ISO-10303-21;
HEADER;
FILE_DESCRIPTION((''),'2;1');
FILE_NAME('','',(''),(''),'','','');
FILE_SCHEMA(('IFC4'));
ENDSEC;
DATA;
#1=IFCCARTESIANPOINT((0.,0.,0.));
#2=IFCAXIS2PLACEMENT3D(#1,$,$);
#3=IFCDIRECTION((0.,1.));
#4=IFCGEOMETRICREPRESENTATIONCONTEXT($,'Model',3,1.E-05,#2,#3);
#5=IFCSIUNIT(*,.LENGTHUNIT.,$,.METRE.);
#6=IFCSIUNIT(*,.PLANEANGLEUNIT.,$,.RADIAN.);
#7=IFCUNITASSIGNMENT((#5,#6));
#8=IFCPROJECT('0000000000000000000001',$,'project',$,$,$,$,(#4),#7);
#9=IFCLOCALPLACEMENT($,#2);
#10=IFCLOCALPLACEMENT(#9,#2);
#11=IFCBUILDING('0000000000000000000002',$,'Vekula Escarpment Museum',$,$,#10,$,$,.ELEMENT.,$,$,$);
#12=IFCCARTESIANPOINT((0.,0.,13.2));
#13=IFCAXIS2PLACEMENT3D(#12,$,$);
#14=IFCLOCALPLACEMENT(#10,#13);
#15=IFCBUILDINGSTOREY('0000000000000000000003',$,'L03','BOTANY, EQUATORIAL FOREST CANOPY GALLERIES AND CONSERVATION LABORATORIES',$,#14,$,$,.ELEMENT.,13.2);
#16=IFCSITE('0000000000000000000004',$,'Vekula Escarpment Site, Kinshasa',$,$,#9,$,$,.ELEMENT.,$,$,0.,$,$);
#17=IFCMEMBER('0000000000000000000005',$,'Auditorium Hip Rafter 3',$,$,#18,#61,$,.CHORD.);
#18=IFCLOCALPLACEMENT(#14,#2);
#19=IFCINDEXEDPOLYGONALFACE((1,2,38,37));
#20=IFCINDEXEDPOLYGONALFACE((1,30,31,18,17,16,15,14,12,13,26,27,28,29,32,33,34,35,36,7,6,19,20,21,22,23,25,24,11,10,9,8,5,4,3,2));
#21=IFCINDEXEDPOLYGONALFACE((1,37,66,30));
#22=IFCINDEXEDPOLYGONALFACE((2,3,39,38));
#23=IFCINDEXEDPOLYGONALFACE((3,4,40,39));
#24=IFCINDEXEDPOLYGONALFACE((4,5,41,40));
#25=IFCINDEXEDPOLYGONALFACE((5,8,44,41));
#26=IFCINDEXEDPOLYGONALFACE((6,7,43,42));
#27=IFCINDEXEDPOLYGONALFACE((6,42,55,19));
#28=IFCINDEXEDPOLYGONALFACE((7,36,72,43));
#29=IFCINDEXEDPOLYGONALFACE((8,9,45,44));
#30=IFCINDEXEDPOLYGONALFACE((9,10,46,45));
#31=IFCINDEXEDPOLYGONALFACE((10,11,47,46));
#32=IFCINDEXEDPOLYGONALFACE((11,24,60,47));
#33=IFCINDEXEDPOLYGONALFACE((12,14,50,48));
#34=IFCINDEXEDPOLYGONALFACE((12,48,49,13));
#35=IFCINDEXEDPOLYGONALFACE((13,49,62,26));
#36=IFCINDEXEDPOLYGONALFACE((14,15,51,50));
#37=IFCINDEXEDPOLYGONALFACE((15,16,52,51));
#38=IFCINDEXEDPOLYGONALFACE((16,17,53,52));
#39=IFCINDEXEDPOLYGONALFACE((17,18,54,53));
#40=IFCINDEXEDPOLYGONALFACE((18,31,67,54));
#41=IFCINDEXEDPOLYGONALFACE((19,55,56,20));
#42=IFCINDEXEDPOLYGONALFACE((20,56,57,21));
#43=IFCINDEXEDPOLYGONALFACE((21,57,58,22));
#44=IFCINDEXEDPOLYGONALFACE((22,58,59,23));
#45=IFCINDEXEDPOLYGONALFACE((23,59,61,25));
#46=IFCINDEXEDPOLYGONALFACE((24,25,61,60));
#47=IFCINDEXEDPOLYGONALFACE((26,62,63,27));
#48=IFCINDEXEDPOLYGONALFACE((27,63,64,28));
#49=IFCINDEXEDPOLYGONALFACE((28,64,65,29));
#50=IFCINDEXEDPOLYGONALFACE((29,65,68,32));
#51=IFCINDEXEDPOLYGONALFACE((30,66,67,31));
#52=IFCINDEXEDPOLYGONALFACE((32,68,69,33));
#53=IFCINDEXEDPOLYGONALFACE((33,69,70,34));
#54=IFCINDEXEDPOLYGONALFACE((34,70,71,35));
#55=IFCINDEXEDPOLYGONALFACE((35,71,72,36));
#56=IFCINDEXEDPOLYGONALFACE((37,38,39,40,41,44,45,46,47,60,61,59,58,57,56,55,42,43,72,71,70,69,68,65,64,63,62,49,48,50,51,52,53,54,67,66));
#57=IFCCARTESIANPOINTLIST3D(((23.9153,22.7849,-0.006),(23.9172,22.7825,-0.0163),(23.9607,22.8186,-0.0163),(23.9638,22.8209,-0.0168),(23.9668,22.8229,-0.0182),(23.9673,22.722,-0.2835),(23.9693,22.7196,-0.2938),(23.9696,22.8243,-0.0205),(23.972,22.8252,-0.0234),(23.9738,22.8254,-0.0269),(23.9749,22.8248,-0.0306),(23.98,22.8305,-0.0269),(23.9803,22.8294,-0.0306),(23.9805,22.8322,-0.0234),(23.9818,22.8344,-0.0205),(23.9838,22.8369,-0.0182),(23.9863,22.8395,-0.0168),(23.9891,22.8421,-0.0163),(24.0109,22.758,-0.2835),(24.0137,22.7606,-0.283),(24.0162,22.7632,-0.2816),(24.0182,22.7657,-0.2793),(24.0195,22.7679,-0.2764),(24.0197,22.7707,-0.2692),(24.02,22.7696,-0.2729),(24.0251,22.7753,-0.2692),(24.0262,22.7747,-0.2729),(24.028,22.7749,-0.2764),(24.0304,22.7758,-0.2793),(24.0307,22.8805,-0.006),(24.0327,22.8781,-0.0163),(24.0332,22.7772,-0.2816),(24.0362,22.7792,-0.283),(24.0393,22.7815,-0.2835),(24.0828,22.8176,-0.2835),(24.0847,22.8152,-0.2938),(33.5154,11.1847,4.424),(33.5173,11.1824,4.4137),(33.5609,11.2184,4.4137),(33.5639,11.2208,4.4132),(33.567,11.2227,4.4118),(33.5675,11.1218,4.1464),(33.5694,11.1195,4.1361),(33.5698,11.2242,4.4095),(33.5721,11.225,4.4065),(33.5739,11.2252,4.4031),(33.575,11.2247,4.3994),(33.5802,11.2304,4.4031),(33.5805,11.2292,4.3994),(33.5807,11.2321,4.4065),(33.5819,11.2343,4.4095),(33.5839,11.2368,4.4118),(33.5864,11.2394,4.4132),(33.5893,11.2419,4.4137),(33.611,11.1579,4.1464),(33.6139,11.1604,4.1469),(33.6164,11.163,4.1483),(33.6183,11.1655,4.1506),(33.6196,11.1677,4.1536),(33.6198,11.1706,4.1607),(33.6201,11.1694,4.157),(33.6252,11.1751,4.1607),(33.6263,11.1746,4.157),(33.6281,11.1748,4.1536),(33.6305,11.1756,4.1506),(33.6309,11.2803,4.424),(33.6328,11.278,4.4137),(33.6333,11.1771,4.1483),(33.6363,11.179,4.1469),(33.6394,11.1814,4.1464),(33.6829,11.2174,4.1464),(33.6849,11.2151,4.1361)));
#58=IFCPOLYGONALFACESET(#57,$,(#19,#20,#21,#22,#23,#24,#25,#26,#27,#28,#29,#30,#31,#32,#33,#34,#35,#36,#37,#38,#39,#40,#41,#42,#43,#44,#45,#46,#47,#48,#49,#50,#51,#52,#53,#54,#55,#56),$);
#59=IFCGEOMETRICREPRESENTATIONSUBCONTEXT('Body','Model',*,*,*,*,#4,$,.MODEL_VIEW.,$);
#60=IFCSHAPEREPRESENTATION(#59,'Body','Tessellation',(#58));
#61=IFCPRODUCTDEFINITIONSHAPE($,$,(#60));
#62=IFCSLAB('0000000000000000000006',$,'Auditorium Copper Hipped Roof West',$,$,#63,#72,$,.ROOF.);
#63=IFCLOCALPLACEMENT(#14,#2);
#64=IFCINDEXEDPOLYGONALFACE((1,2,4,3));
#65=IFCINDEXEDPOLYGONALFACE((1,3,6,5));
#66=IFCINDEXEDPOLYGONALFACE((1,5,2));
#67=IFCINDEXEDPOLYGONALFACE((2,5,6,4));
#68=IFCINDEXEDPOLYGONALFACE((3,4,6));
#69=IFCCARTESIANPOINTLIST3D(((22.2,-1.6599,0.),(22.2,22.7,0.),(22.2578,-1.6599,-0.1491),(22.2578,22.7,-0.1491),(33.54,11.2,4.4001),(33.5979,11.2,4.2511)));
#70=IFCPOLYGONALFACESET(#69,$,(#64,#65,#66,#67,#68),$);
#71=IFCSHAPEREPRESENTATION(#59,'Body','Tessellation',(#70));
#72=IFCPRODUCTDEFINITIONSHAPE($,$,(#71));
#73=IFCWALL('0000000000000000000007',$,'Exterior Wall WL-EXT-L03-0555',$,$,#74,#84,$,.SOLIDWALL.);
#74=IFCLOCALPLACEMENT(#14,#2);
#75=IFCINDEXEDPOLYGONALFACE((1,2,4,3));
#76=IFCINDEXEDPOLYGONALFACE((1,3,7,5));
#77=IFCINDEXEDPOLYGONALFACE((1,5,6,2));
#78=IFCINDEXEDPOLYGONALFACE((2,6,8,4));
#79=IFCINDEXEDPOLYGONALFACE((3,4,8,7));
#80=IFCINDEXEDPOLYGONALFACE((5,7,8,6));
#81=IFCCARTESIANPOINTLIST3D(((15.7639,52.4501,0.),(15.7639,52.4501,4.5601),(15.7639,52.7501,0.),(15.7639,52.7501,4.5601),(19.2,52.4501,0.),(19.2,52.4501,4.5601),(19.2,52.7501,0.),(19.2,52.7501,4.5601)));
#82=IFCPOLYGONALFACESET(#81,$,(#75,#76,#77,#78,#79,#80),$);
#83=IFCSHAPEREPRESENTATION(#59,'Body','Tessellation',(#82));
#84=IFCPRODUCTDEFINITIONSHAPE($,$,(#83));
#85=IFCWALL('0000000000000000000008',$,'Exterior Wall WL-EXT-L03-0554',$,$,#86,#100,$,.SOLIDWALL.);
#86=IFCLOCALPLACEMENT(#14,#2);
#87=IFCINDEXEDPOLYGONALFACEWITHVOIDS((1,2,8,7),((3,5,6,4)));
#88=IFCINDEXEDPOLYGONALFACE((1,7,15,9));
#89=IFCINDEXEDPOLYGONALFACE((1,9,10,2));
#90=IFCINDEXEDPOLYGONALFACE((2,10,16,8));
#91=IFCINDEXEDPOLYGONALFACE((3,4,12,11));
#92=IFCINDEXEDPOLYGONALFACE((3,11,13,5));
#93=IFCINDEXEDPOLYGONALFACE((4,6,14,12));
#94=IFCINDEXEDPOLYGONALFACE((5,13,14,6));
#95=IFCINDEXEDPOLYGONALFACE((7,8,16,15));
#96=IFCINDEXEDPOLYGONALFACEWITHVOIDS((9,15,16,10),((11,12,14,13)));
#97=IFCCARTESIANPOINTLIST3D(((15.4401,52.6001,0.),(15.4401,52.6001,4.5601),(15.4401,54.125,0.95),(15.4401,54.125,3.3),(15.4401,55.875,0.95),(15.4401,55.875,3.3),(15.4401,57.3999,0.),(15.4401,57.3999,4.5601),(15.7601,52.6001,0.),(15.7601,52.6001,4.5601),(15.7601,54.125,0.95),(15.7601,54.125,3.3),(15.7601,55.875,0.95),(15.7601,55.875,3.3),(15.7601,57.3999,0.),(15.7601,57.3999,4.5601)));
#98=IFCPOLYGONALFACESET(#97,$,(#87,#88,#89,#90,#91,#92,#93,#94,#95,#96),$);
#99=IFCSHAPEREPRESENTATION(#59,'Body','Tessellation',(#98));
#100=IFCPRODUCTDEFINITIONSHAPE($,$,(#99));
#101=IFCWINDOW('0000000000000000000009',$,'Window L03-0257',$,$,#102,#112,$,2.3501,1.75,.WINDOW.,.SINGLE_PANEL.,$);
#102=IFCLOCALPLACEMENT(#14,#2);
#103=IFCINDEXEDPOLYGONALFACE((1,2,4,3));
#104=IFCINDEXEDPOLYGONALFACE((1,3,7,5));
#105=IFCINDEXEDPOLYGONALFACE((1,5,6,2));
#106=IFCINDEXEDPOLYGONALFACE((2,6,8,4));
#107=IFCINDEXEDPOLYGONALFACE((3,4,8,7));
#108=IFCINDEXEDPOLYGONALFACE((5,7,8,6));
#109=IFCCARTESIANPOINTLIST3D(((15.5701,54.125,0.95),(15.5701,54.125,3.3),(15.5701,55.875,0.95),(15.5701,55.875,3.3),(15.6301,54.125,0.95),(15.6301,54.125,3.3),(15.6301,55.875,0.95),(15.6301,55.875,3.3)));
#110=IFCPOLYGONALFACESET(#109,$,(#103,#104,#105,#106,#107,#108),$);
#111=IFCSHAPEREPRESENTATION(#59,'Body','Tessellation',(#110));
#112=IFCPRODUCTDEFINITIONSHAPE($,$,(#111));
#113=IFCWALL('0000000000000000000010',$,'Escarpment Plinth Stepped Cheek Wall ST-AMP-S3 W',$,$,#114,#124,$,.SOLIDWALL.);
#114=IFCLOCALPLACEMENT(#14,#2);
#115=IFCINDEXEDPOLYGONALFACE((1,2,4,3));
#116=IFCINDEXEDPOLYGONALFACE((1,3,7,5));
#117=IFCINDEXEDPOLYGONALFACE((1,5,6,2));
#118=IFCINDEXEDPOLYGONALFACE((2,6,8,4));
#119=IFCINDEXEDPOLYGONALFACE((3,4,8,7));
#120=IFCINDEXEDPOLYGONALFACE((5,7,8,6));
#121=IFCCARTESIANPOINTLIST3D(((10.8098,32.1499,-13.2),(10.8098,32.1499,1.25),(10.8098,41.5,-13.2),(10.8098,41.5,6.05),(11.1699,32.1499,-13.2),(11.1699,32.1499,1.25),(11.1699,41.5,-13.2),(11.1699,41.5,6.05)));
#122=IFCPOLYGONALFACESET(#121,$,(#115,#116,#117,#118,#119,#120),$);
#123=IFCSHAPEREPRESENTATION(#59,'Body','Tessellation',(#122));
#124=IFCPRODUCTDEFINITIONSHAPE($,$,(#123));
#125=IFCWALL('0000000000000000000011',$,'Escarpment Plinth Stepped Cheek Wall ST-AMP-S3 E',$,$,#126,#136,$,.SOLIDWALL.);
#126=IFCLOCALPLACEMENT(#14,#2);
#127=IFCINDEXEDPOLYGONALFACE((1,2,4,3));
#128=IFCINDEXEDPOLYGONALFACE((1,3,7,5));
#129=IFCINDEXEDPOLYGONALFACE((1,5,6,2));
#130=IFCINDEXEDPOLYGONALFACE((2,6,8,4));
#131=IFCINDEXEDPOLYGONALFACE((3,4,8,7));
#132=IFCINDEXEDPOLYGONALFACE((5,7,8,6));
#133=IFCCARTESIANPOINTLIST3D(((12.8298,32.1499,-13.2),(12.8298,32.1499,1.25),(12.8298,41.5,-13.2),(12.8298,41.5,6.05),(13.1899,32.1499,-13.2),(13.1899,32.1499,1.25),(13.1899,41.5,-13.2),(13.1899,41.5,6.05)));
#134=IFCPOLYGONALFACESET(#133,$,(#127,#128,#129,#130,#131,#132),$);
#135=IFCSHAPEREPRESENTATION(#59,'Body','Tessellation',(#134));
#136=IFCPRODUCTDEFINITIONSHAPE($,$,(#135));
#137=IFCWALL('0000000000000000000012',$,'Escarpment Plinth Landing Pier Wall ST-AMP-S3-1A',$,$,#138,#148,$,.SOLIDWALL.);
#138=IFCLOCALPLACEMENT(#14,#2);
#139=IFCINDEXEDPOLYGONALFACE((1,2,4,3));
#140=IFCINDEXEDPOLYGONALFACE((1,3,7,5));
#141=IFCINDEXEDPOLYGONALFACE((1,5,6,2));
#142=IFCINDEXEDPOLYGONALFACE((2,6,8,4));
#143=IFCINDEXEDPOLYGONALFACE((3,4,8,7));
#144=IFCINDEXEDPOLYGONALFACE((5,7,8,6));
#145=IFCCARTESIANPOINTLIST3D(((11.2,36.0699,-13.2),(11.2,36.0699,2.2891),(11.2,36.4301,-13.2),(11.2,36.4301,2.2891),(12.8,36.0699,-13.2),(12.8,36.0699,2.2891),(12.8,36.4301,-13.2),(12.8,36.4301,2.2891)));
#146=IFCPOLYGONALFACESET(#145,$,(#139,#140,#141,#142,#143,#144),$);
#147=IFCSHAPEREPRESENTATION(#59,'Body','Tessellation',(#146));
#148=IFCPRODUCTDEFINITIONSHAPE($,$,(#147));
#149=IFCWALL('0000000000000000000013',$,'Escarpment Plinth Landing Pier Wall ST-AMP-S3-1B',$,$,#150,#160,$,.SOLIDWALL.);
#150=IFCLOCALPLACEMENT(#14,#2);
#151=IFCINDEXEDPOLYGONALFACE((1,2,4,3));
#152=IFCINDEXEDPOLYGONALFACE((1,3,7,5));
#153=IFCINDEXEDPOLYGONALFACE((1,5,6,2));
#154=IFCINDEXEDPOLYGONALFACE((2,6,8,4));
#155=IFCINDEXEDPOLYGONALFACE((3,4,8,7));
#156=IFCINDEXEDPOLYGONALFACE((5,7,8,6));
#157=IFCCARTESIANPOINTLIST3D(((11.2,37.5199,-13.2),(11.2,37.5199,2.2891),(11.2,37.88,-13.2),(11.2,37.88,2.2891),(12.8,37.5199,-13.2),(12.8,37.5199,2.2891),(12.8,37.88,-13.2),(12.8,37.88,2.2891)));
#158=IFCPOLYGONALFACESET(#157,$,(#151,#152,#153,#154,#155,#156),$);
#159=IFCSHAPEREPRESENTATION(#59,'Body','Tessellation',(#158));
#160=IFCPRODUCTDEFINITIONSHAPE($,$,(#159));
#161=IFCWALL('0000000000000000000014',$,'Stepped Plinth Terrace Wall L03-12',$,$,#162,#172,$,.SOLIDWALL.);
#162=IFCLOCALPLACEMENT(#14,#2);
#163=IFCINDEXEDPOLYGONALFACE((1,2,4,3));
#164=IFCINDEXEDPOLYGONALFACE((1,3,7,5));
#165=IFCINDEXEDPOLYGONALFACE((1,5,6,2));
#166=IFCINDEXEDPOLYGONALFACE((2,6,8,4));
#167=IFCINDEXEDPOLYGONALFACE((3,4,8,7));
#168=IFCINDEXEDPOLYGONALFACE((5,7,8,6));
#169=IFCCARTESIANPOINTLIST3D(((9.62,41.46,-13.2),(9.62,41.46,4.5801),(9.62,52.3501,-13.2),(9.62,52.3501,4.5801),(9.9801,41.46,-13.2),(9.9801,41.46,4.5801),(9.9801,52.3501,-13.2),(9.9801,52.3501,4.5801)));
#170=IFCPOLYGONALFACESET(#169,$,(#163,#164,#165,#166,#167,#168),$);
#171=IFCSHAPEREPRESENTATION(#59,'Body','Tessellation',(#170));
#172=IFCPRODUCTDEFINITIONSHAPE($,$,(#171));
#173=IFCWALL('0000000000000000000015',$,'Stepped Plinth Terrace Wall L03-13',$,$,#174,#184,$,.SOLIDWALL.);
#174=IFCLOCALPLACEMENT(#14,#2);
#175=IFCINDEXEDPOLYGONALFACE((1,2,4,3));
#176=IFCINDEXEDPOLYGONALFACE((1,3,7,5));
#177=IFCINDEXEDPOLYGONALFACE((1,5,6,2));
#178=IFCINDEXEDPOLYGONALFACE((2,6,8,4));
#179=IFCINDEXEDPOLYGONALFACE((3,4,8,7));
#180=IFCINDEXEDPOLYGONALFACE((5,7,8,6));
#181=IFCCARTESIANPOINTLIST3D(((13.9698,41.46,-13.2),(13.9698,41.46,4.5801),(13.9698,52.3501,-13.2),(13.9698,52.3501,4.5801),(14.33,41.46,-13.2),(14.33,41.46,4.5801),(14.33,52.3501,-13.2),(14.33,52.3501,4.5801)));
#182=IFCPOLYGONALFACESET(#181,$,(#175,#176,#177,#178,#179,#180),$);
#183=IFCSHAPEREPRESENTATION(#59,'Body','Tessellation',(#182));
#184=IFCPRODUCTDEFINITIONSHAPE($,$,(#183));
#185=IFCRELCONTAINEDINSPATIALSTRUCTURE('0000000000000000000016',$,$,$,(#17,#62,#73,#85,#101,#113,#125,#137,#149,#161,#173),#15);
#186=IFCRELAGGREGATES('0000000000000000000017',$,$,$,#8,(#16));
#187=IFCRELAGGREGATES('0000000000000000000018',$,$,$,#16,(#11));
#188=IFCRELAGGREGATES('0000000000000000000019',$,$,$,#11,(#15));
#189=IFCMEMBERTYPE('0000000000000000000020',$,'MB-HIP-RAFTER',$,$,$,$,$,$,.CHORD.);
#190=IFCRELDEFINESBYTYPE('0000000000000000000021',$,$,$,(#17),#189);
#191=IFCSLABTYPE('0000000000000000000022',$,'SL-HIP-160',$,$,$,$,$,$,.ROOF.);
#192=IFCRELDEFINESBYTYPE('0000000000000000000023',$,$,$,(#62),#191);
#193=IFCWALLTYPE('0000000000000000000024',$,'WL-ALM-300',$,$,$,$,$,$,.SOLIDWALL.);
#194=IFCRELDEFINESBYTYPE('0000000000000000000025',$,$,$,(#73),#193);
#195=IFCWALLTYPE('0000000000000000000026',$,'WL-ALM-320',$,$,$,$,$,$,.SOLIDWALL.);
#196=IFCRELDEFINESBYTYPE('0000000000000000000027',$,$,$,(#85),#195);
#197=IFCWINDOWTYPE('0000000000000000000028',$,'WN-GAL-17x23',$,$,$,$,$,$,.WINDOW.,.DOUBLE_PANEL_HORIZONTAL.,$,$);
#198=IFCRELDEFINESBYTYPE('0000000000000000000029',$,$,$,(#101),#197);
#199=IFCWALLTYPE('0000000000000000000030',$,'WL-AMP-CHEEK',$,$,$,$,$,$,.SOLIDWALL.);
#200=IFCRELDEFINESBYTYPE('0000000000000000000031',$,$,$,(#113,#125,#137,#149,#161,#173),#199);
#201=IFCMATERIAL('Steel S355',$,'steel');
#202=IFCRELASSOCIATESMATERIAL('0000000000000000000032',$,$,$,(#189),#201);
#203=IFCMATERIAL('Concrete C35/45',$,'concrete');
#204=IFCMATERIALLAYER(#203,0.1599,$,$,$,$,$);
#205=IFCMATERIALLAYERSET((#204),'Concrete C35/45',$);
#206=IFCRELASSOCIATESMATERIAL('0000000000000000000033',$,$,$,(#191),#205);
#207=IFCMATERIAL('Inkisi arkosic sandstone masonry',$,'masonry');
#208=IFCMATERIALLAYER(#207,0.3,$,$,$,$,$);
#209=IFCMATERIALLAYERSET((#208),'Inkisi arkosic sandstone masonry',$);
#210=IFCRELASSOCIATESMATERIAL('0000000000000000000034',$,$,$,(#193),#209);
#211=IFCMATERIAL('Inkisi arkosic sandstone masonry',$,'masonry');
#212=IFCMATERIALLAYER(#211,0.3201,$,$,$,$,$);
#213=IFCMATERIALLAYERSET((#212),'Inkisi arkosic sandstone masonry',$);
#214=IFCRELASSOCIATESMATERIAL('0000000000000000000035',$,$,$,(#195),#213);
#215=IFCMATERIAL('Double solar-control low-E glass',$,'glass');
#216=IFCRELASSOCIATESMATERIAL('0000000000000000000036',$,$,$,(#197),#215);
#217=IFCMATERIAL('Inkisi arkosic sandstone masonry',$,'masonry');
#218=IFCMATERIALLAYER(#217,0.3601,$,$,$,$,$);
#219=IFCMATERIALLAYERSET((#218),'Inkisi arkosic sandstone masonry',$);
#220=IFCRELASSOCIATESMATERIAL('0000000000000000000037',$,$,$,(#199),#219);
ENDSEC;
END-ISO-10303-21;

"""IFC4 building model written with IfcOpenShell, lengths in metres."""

from ifc_helpers import new_model, si_unit, direction, frame, frame_2d, origin, origin_2d, place, context, subcontext, project, spatial, polyline, rectangle, i_section, outline, extrude, material, layer, layer_set, material_profile, profile_set, type_object, element, fill, save


model = new_model("IFC4")

# Units and contexts
model_context = context("Model", 3, precision=1e-05, world=origin(), true_north=direction((0.0, 1.0)))
body_context = subcontext(model_context, "Body", "Model", "MODEL_VIEW")
ifc_project = project(units=[si_unit("LENGTHUNIT", "METRE"), si_unit("PLANEANGLEUNIT", "RADIAN")], contexts=[model_context])

# Site, building, storey
site_placement = place(None, origin())
site = spatial("IfcSite", under=ifc_project, at=site_placement, Name="Vekula Escarpment Site, Kinshasa", CompositionType="ELEMENT", RefElevation=0.0)
building_placement = place(site_placement, origin())
building = spatial("IfcBuilding", under=site, at=building_placement, Name="Vekula Escarpment Museum", CompositionType="ELEMENT")
storey_placement = place(building_placement, frame((0.0, 0.0, 13.2)))
storey = spatial("IfcBuildingStorey", under=building, at=storey_placement, Name="L03", Description="BOTANY, EQUATORIAL FOREST CANOPY GALLERIES AND CONSERVATION LABORATORIES", CompositionType="ELEMENT", Elevation=13.2)

# Member
ifc_material_1 = material(Name="Steel S355", Category="steel")
ifc_material_profile_1 = material_profile(ifc_material_1, i_section(OverallWidth=0.1499, OverallDepth=0.3, WebThickness=0.0071, FlangeThickness=0.0107, FilletRadius=0.0149, at=origin_2d()), Name="IPE 300")
ifc_profile_set_1 = profile_set([ifc_material_profile_1], Name="Steel S355")
member_type = type_object("IfcMemberType", Name="MB-HIP-RAFTER", PredefinedType="CHORD", material=ifc_profile_set_1)
member_placement = place(storey_placement, frame((24.0, 22.8, -0.1499), z_axis=(0.611647, -0.739072, 0.282242), x_axis=(0.770394, 0.637568, 0.0)))
element("IfcMember", 1, at=member_placement, inside=storey, type_object=member_type, Name="Auditorium Hip Rafter 3", PredefinedType="CHORD", context=body_context, shape_type="SweptSolid", body=[
    extrude(i_section(OverallWidth=0.1499, OverallDepth=0.3, WebThickness=0.0071, FlangeThickness=0.0107, FilletRadius=0.0149, at=origin_2d()), origin(), (0.0, 0.0, 1.0), 15.6956),
])

# Slab
ifc_material_2 = material(Name="Concrete C35/45", Category="concrete")
ifc_layer_1 = layer(ifc_material_2, 0.1599)
ifc_layer_set_1 = layer_set([ifc_layer_1], Name="Concrete C35/45")
slab_type = type_object("IfcSlabType", Name="SL-HIP-160", PredefinedType="ROOF", material=ifc_layer_set_1)
slab_placement = place(storey_placement, frame((22.2, 22.7, 0.0), z_axis=(-0.36174, 0.0, 0.932279), x_axis=(0.0, -1.0, 0.0)))
element("IfcSlab", 2, at=slab_placement, inside=storey, type_object=slab_type, Name="Auditorium Copper Hipped Roof West", PredefinedType="ROOF", context=body_context, shape_type="SweptSolid", body=[
    extrude(outline(polyline([(0.0, 0.0), (24.3599, 0.0), (11.5, 12.1638), (0.0, 0.0)])), origin(), (0.0, 0.0, -1.0), 0.1599),
])

# Wall
ifc_material_3 = material(Name="Inkisi arkosic sandstone masonry", Category="masonry")
ifc_layer_2 = layer(ifc_material_3, 0.3)
ifc_layer_set_2 = layer_set([ifc_layer_2], Name="Inkisi arkosic sandstone masonry")
wall_type_1 = type_object("IfcWallType", Name="WL-ALM-300", PredefinedType="SOLIDWALL", material=ifc_layer_set_2)
wall_1_placement = place(storey_placement, frame((19.2, 52.6001, 0.0), z_axis=(0.0, 0.0, 1.0), x_axis=(-1.0, 0.0, 0.0)))
element("IfcWall", 3, at=wall_1_placement, inside=storey, type_object=wall_type_1, Name="Exterior Wall WL-EXT-L03-0555", PredefinedType="SOLIDWALL", context=body_context, shape_type="SweptSolid", body=[
    extrude(rectangle(XDim=3.436, YDim=0.3, at=frame_2d((1.718, 0.0))), origin(), (0.0, 0.0, 1.0), 4.5601),
])

# Wall, opening, window
ifc_material_4 = material(Name="Inkisi arkosic sandstone masonry", Category="masonry")
ifc_layer_3 = layer(ifc_material_4, 0.3201)
ifc_layer_set_3 = layer_set([ifc_layer_3], Name="Inkisi arkosic sandstone masonry")
wall_type_2 = type_object("IfcWallType", Name="WL-ALM-320", PredefinedType="SOLIDWALL", material=ifc_layer_set_3)
wall_2_placement = place(storey_placement, frame((15.6001, 52.6001, 0.0), z_axis=(0.0, 0.0, 1.0), x_axis=(0.0, 1.0, 0.0)))
wall_2 = element("IfcWall", 4, at=wall_2_placement, inside=storey, type_object=wall_type_2, Name="Exterior Wall WL-EXT-L03-0554", PredefinedType="SOLIDWALL", context=body_context, shape_type="SweptSolid", body=[
    extrude(rectangle(XDim=4.7998, YDim=0.3201, at=frame_2d((2.3999, 0.0))), origin(), (0.0, 0.0, 1.0), 4.5601),
])
opening_placement = place(wall_2_placement, frame((1.5249, 0.0, 0.95)))
opening = element("IfcOpeningElement", 5, at=opening_placement, cuts=wall_2, PredefinedType="OPENING", context=body_context, shape_type="SweptSolid", body=[
    extrude(rectangle(XDim=1.75, YDim=2.3501, at=frame_2d((0.875, 1.175))), frame((0.0, 0.1699, 0.0), z_axis=(0.0, -1.0, 0.0), x_axis=(1.0, 0.0, 0.0)), (0.0, 0.0, 1.0), 0.3401),
])
ifc_material_5 = material(Name="Double solar-control low-E glass", Category="glass")
window_type = type_object("IfcWindowType", Name="WN-GAL-17x23", PartitioningType="DOUBLE_PANEL_HORIZONTAL", PredefinedType="WINDOW", material=ifc_material_5)
window_placement = place(opening_placement, origin())
window = element("IfcWindow", 6, at=window_placement, inside=storey, type_object=window_type, Name="Window L03-0257", OverallHeight=2.3501, OverallWidth=1.75, PartitioningType="SINGLE_PANEL", PredefinedType="WINDOW", context=body_context, shape_type="SweptSolid", body=[
    extrude(rectangle(XDim=1.75, YDim=2.3501, at=frame_2d((0.875, 1.175))), frame((0.0, 0.03, 0.0), z_axis=(0.0, -1.0, 0.0), x_axis=(1.0, 0.0, 0.0)), (0.0, 0.0, 1.0), 0.0601),
])
fill(opening, window)

# Walls
ifc_material_6 = material(Name="Inkisi arkosic sandstone masonry", Category="masonry")
ifc_layer_4 = layer(ifc_material_6, 0.3601)
ifc_layer_set_4 = layer_set([ifc_layer_4], Name="Inkisi arkosic sandstone masonry")
wall_type_3 = type_object("IfcWallType", Name="WL-AMP-CHEEK", PredefinedType="SOLIDWALL", material=ifc_layer_set_4)
for number, where, z_axis, x_axis, name in (
    (7, (10.99, 32.1499, -13.2), (0.0, 0.0, 1.0), (0.0, 1.0, 0.0), "Escarpment Plinth Stepped Cheek Wall ST-AMP-S3 W"),
    (8, (13.01, 32.1499, -13.2), (0.0, 0.0, 1.0), (0.0, 1.0, 0.0), "Escarpment Plinth Stepped Cheek Wall ST-AMP-S3 E"),
):
    element("IfcWall", number, at=place(storey_placement, frame(where, z_axis=z_axis, x_axis=x_axis)), inside=storey, type_object=wall_type_3, Name=name, PredefinedType="SOLIDWALL", context=body_context, shape_type="SweptSolid", body=[
        extrude(outline(polyline([(0.0, 0.0), (9.3501, 0.0), (9.3501, 19.25), (0.0, 14.45), (0.0, 0.0)])), frame((0.0, 0.1802, 0.0), z_axis=(0.0, -1.0, 0.0), x_axis=(1.0, 0.0, 0.0)), (0.0, 0.0, 1.0), 0.3601),
    ])
for number, where, z_axis, x_axis, name in (
    (9, (11.2, 36.25, -13.2), (0.0, 0.0, 1.0), (1.0, 0.0, 0.0), "Escarpment Plinth Landing Pier Wall ST-AMP-S3-1A"),
    (10, (11.2, 37.7, -13.2), (0.0, 0.0, 1.0), (1.0, 0.0, 0.0), "Escarpment Plinth Landing Pier Wall ST-AMP-S3-1B"),
):
    element("IfcWall", number, at=place(storey_placement, frame(where, z_axis=z_axis, x_axis=x_axis)), inside=storey, type_object=wall_type_3, Name=name, PredefinedType="SOLIDWALL", context=body_context, shape_type="SweptSolid", body=[
        extrude(rectangle(XDim=1.6001, YDim=0.3601, at=frame_2d((0.8, 0.0))), origin(), (0.0, 0.0, 1.0), 15.489),
    ])
for number, where, z_axis, x_axis, name in (
    (11, (9.8, 41.46, -13.2), (0.0, 0.0, 1.0), (0.0, 1.0, 0.0), "Stepped Plinth Terrace Wall L03-12"),
    (12, (14.1499, 41.46, -13.2), (0.0, 0.0, 1.0), (0.0, 1.0, 0.0), "Stepped Plinth Terrace Wall L03-13"),
):
    element("IfcWall", number, at=place(storey_placement, frame(where, z_axis=z_axis, x_axis=x_axis)), inside=storey, type_object=wall_type_3, Name=name, PredefinedType="SOLIDWALL", context=body_context, shape_type="SweptSolid", body=[
        extrude(rectangle(XDim=10.8901, YDim=0.3601, at=frame_2d((5.4451, 0.0))), origin(), (0.0, 0.0, 1.0), 17.78),
    ])

save(model, "model.ifc")
